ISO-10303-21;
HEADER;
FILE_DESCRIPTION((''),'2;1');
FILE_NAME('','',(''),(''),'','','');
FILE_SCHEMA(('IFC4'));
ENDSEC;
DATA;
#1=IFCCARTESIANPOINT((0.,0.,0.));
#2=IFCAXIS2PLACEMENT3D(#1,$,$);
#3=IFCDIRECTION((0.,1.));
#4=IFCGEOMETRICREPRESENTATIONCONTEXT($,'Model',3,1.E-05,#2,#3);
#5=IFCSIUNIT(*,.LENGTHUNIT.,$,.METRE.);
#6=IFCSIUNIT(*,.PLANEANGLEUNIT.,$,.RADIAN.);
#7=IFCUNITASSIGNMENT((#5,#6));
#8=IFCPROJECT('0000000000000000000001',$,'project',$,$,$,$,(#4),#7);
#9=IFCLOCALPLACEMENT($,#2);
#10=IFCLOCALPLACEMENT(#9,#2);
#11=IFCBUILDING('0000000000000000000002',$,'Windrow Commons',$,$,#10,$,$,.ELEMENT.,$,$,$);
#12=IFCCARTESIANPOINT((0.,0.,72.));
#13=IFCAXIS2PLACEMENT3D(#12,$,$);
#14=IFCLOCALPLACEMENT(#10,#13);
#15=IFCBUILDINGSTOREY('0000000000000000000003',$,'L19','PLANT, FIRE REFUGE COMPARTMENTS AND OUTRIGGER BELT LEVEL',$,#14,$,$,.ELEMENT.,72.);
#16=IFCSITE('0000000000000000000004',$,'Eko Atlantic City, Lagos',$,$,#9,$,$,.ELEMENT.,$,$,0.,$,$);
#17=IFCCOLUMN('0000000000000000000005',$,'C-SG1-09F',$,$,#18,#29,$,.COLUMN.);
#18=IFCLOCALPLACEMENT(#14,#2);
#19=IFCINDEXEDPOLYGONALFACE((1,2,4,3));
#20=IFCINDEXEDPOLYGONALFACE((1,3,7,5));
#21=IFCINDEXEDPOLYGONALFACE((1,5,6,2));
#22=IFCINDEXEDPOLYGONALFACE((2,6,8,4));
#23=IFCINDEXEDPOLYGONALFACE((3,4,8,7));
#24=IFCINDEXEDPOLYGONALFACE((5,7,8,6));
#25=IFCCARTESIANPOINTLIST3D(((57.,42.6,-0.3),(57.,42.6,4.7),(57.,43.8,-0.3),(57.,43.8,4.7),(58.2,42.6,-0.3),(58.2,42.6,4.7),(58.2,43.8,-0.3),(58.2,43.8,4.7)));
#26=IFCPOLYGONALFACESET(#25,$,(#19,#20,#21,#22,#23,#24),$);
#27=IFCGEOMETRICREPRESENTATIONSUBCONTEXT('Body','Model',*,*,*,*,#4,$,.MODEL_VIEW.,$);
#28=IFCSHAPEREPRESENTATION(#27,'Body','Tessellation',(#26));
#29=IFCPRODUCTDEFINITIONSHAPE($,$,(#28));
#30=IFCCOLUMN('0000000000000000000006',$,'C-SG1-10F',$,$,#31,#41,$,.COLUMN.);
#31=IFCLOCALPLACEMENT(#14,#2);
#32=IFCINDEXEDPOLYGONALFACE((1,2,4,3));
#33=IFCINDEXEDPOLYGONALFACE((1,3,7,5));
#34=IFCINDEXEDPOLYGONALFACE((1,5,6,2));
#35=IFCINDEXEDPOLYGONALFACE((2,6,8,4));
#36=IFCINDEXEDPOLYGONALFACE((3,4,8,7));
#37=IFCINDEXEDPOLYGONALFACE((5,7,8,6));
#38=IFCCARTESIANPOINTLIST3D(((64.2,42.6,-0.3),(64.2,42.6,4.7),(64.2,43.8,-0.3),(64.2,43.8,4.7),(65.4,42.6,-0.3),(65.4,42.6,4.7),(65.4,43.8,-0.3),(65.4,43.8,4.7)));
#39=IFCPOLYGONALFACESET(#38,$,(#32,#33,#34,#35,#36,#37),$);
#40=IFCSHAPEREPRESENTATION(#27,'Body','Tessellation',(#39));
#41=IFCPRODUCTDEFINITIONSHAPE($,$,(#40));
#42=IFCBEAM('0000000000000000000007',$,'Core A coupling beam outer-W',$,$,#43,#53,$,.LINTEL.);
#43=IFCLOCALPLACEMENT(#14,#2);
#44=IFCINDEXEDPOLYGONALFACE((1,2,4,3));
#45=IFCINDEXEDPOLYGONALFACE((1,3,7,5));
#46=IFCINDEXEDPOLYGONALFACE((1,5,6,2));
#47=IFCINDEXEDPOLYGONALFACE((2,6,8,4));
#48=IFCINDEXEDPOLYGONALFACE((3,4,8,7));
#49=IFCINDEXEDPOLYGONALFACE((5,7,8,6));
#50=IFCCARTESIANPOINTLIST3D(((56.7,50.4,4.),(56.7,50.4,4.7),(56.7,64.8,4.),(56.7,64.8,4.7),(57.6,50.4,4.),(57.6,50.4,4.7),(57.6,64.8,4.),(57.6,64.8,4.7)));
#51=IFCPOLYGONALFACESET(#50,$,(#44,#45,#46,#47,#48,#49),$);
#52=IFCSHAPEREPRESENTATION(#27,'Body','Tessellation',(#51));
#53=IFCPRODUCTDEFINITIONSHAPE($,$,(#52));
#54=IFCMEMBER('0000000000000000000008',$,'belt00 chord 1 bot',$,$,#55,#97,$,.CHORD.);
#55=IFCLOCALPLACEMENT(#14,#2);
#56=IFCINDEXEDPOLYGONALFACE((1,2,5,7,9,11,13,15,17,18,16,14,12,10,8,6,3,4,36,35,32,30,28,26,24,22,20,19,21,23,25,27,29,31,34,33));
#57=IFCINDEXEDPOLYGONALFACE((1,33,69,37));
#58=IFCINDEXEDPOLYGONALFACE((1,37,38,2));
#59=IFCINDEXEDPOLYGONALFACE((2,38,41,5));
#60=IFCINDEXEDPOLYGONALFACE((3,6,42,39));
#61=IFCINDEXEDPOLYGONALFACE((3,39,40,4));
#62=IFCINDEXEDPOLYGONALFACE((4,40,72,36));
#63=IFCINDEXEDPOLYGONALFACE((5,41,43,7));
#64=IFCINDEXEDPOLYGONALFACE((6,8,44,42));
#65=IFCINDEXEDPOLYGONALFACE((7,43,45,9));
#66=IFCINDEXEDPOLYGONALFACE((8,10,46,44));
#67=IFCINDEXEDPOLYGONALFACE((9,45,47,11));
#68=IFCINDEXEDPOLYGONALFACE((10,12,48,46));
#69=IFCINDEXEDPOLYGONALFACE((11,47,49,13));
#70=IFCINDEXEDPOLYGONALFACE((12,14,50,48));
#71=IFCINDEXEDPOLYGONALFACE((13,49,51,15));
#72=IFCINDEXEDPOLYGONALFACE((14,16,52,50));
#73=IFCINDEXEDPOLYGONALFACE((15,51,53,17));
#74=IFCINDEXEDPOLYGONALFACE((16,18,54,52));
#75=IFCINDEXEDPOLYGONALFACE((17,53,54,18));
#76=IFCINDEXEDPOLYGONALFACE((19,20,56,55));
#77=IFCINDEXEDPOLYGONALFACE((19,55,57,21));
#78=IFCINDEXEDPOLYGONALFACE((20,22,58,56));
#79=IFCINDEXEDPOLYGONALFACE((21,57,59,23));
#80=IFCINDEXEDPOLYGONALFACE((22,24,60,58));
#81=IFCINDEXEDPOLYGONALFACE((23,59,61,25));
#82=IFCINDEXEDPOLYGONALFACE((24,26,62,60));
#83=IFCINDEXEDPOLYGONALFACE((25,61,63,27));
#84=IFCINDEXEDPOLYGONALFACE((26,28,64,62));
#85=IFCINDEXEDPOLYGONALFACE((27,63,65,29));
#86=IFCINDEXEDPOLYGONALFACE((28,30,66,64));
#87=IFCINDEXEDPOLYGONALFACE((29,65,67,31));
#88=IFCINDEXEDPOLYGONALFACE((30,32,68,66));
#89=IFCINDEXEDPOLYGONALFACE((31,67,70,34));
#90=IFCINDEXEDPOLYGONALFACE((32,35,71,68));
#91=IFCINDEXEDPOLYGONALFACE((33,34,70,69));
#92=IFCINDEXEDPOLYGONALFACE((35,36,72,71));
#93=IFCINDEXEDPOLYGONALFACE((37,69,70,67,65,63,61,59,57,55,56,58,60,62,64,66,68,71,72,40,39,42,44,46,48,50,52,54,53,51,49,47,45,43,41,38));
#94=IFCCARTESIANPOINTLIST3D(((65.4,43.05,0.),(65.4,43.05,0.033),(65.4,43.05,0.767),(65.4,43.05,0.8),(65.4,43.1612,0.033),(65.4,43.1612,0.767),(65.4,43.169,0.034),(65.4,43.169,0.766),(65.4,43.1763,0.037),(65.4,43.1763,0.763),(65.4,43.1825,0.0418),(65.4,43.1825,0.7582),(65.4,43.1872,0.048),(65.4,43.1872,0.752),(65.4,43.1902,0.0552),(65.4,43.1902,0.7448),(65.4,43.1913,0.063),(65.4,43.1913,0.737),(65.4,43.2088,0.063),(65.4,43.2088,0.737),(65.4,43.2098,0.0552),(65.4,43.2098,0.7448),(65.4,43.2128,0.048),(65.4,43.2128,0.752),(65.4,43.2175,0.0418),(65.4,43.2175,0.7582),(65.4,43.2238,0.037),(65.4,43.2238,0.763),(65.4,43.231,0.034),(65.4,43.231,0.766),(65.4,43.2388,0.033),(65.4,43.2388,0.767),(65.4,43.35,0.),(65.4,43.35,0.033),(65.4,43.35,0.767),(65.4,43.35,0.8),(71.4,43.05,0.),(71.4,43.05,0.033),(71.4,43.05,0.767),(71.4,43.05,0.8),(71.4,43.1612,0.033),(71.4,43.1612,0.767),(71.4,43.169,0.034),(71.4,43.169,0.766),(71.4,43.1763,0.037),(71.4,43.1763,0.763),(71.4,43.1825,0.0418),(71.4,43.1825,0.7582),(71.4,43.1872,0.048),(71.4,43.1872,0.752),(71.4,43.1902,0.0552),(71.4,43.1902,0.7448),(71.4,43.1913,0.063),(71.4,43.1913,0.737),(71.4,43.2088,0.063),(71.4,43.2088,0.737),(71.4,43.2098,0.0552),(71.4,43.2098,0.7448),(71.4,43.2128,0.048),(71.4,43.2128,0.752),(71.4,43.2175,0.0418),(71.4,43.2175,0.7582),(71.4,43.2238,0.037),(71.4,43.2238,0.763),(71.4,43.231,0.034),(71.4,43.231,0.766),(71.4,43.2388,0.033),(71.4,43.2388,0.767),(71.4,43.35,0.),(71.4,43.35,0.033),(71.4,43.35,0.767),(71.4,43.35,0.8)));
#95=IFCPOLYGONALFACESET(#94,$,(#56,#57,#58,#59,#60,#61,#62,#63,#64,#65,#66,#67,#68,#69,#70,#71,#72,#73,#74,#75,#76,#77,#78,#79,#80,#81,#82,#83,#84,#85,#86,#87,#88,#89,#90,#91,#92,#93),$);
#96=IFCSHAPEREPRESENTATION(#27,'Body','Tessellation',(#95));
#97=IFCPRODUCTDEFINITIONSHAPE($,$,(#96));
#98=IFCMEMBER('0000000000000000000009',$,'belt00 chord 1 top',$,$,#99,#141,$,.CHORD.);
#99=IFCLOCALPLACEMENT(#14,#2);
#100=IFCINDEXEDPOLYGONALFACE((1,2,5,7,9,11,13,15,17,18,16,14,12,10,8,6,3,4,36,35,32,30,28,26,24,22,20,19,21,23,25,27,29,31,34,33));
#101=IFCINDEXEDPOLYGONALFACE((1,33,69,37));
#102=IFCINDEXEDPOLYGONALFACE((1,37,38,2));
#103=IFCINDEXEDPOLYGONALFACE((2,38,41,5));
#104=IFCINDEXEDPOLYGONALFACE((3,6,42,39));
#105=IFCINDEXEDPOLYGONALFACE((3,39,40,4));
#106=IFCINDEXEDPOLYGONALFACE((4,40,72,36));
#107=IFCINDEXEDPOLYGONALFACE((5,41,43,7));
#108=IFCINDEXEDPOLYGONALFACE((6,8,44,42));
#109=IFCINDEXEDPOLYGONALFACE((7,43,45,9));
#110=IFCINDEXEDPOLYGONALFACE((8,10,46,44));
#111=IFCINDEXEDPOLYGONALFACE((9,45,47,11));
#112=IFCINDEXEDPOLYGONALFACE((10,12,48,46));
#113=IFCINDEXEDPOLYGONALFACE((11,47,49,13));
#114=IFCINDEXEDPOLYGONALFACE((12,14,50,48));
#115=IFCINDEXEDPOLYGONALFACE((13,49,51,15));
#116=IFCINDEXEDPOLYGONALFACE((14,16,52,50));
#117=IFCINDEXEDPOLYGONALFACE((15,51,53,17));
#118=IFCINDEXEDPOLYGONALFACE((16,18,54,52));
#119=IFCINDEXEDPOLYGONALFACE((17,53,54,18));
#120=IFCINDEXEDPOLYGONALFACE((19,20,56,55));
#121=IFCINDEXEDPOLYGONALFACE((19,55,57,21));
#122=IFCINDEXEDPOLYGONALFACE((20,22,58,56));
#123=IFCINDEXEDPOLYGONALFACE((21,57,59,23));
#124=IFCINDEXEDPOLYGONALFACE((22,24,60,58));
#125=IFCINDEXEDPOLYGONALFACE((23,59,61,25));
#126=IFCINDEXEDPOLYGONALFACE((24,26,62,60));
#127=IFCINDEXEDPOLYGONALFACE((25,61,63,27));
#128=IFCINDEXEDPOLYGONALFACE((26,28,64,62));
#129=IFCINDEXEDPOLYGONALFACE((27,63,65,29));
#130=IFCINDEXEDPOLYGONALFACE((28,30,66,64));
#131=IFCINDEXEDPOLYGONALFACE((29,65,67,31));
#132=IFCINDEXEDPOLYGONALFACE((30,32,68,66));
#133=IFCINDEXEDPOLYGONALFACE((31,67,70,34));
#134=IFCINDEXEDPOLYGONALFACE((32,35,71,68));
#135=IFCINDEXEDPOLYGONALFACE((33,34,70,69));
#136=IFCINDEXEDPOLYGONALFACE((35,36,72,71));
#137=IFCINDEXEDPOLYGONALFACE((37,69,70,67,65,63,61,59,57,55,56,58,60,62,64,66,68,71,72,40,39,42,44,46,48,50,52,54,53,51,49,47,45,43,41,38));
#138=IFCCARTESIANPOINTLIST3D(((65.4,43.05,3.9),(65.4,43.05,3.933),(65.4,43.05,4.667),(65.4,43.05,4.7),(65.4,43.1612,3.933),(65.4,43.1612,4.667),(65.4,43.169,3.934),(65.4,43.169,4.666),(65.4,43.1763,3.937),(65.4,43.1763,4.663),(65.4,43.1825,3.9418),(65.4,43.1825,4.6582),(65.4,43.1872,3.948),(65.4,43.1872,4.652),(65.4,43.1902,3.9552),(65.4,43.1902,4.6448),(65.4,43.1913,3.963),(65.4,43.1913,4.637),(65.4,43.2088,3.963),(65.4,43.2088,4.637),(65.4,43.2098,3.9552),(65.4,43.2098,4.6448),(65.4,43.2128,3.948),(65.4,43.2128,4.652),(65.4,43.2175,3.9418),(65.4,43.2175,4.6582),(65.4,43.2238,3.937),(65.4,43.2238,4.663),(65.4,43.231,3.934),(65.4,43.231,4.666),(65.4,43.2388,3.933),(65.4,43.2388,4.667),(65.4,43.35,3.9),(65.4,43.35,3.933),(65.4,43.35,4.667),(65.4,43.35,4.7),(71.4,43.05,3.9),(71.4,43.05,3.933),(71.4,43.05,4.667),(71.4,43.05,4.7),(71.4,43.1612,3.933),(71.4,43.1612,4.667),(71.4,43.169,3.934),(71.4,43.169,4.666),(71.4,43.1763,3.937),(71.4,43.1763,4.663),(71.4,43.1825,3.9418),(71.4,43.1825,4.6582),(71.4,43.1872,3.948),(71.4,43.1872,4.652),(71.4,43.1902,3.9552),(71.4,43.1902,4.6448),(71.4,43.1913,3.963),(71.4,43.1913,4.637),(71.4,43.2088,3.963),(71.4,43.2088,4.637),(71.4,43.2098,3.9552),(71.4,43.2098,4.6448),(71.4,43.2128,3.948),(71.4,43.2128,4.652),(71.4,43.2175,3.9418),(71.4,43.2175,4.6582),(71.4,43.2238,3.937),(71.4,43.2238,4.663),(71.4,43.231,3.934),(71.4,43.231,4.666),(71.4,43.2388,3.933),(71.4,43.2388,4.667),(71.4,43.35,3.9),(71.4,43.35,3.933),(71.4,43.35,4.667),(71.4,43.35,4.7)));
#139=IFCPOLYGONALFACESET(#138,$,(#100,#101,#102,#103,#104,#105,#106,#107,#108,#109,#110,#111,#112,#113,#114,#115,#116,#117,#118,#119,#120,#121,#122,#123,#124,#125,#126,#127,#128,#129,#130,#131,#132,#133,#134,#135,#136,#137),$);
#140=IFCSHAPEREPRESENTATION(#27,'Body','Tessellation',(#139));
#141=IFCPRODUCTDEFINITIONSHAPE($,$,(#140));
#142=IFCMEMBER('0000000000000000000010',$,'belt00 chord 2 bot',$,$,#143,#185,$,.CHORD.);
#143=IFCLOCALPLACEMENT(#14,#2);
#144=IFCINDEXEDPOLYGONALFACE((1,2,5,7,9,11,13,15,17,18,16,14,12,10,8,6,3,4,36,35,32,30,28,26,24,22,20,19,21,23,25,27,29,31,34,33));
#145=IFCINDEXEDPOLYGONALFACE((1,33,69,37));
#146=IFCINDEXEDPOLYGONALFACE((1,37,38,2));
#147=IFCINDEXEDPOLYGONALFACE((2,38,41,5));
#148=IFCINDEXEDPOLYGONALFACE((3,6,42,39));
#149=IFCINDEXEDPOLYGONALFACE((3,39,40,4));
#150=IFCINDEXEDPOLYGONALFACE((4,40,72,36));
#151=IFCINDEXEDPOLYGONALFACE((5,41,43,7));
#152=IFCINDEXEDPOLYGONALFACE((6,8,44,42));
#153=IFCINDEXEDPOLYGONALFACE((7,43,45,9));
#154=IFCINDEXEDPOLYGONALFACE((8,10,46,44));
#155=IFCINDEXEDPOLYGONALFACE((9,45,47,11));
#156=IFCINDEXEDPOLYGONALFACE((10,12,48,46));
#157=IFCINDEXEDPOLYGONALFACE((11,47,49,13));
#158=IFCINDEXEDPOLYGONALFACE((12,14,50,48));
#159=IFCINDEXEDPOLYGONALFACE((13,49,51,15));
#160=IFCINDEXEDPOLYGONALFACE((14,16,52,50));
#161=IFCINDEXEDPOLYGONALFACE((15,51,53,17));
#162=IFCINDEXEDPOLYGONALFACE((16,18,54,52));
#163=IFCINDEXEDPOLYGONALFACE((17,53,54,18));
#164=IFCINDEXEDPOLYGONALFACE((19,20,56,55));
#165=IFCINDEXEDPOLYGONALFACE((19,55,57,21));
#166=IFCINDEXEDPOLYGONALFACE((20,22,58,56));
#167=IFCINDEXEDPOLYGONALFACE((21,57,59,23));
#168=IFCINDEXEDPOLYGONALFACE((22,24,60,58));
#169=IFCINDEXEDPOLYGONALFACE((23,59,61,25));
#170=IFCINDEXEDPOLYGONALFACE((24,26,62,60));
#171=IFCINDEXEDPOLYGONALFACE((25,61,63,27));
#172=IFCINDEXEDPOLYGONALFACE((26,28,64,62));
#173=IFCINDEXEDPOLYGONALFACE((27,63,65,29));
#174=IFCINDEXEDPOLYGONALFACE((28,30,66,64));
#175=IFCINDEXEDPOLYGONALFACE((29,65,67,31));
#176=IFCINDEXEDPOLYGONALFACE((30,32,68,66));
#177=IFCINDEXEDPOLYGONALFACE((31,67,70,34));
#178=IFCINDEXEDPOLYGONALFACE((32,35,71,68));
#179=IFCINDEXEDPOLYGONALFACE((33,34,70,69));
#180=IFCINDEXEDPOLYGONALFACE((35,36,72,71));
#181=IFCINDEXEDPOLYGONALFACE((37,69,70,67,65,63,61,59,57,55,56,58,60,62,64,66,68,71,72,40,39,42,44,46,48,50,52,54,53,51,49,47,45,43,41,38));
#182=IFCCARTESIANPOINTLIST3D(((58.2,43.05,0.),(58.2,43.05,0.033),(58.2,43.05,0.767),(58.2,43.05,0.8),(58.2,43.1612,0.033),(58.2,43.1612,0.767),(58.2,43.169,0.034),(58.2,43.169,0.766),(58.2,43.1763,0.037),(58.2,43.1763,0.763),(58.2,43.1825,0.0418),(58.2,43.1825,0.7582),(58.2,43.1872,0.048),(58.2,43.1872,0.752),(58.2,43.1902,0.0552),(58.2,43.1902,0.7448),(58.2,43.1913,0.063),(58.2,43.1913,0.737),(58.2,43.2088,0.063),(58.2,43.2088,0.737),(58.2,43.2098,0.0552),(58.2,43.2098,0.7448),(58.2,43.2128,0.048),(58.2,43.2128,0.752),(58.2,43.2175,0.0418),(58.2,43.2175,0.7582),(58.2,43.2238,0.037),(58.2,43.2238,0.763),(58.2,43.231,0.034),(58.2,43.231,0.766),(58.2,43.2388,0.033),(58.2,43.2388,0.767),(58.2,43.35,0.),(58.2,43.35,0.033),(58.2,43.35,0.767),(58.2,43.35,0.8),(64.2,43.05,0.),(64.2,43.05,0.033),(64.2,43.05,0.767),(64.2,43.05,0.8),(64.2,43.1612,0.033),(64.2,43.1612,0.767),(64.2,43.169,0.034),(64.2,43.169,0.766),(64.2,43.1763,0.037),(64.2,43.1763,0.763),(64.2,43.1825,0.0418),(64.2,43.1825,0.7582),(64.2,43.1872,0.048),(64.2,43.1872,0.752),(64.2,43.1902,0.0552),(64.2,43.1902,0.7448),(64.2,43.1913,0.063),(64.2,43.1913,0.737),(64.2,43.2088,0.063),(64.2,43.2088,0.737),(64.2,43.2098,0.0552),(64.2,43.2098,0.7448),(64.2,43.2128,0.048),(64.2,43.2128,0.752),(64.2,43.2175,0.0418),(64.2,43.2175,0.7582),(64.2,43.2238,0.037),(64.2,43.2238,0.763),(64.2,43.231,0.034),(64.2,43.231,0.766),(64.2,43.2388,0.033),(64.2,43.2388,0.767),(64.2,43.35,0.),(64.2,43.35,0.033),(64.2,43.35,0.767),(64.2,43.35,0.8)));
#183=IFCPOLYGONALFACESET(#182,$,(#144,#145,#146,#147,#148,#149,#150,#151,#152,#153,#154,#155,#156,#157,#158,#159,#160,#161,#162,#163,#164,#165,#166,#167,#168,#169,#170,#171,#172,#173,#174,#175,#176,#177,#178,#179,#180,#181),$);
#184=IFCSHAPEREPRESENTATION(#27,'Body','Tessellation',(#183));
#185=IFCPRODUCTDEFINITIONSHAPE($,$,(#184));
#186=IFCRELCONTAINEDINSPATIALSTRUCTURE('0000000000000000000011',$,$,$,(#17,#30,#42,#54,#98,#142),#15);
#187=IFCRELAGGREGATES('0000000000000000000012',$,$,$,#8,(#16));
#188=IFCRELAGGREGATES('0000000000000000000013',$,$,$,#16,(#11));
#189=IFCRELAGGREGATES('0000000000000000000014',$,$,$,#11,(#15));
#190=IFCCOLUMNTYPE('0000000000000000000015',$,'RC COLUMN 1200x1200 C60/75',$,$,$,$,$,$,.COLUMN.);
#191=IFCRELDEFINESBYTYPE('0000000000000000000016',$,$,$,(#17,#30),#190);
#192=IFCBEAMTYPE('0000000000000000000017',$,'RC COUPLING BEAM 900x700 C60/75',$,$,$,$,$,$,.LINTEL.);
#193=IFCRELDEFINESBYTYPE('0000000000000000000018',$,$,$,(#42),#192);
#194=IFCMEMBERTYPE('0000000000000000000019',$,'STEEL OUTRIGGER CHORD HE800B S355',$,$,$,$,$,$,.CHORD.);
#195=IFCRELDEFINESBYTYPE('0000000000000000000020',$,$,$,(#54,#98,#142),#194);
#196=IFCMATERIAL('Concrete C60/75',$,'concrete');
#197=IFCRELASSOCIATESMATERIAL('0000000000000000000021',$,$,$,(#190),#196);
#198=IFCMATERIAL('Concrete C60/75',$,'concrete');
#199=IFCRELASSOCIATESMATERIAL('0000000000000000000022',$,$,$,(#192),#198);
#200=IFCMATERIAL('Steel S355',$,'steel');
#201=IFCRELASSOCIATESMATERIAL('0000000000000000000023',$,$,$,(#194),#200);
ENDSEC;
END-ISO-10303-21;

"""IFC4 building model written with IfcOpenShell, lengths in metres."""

from ifc_helpers import new_model, si_unit, direction, frame, origin, origin_2d, place, context, subcontext, project, spatial, rectangle, i_section, extrude, material, material_profile, profile_set, type_object, element, save


model = new_model("IFC4")

# Units and contexts
model_context = context("Model", 3, precision=1e-05, world=origin(), true_north=direction((0.0, 1.0)))
body_context = subcontext(model_context, "Body", "Model", "MODEL_VIEW")
ifc_project = project(units=[si_unit("LENGTHUNIT", "METRE"), si_unit("PLANEANGLEUNIT", "RADIAN")], contexts=[model_context])

# Site, building, storey
site_placement = place(None, origin())
site = spatial("IfcSite", under=ifc_project, at=site_placement, Name="Eko Atlantic City, Lagos", CompositionType="ELEMENT", RefElevation=0.0)
building_placement = place(site_placement, origin())
building = spatial("IfcBuilding", under=site, at=building_placement, Name="Windrow Commons", CompositionType="ELEMENT")
storey_placement = place(building_placement, frame((0.0, 0.0, 72.0)))
storey = spatial("IfcBuildingStorey", under=building, at=storey_placement, Name="L19", Description="PLANT, FIRE REFUGE COMPARTMENTS AND OUTRIGGER BELT LEVEL", CompositionType="ELEMENT", Elevation=72.0)

# Columns
ifc_material_1 = material(Name="Concrete C60/75", Category="concrete")
ifc_material_profile_1 = material_profile(ifc_material_1, rectangle(XDim=1.2, YDim=1.2, at=origin_2d()))
ifc_profile_set_1 = profile_set([ifc_material_profile_1], Name="Concrete C60/75")
column_type = type_object("IfcColumnType", Name="RC COLUMN 1200x1200 C60/75", PredefinedType="COLUMN", material=ifc_profile_set_1)
for number, where, z_axis, x_axis, name in (
    (1, (57.6, 43.2, -0.3), (0.0, 0.0, 1.0), (1.0, 0.0, 0.0), "C-SG1-09F"),
    (2, (64.8, 43.2, -0.3), (0.0, 0.0, 1.0), (1.0, 0.0, 0.0), "C-SG1-10F"),
):
    element("IfcColumn", number, at=place(storey_placement, frame(where, z_axis=z_axis, x_axis=x_axis)), inside=storey, type_object=column_type, Name=name, PredefinedType="COLUMN", context=body_context, shape_type="SweptSolid", body=[
        extrude(rectangle(XDim=1.2, YDim=1.2, at=origin_2d()), origin(), (0.0, 0.0, 1.0), 5.0),
    ])

# Beam
ifc_material_2 = material(Name="Concrete C60/75", Category="concrete")
ifc_material_profile_2 = material_profile(ifc_material_2, rectangle(XDim=0.9, YDim=0.7, at=origin_2d()))
ifc_profile_set_2 = profile_set([ifc_material_profile_2], Name="Concrete C60/75")
beam_type = type_object("IfcBeamType", Name="RC COUPLING BEAM 900x700 C60/75", PredefinedType="LINTEL", material=ifc_profile_set_2)
beam_placement = place(storey_placement, frame((57.15, 50.4, 4.35), z_axis=(0.0, 1.0, 0.0), x_axis=(-1.0, 0.0, 0.0)))
element("IfcBeam", 3, at=beam_placement, inside=storey, type_object=beam_type, Name="Core A coupling beam outer-W", PredefinedType="LINTEL", context=body_context, shape_type="SweptSolid", body=[
    extrude(rectangle(XDim=0.9, YDim=0.7, at=origin_2d()), origin(), (0.0, 0.0, 1.0), 14.4),
])

# Members
ifc_material_3 = material(Name="Steel S355", Category="steel")
ifc_material_profile_3 = material_profile(ifc_material_3, i_section(OverallWidth=0.3, OverallDepth=0.8, WebThickness=0.0175, FlangeThickness=0.033, FilletRadius=0.03, at=origin_2d()))
ifc_profile_set_3 = profile_set([ifc_material_profile_3], Name="Steel S355")
member_type_1 = type_object("IfcMemberType", Name="STEEL OUTRIGGER CHORD HE800B S355", PredefinedType="CHORD", material=ifc_profile_set_3)
for number, where, z_axis, x_axis, name in (
    (4, (71.4, 43.2, 0.4), (-1.0, 0.0, 0.0), (0.0, -1.0, 0.0), "belt00 chord 1 bot"),
    (5, (71.4, 43.2, 4.3), (-1.0, 0.0, 0.0), (0.0, -1.0, 0.0), "belt00 chord 1 top"),
    (6, (64.2, 43.2, 0.4), (-1.0, 0.0, 0.0), (0.0, -1.0, 0.0), "belt00 chord 2 bot"),
):
    element("IfcMember", number, at=place(storey_placement, frame(where, z_axis=z_axis, x_axis=x_axis)), inside=storey, type_object=member_type_1, Name=name, PredefinedType="CHORD", context=body_context, shape_type="SweptSolid", body=[
        extrude(i_section(OverallWidth=0.3, OverallDepth=0.8, WebThickness=0.0175, FlangeThickness=0.033, FilletRadius=0.03, at=origin_2d()), origin(), (0.0, 0.0, 1.0), 6.0),
    ])

save(model, "model.ifc")
